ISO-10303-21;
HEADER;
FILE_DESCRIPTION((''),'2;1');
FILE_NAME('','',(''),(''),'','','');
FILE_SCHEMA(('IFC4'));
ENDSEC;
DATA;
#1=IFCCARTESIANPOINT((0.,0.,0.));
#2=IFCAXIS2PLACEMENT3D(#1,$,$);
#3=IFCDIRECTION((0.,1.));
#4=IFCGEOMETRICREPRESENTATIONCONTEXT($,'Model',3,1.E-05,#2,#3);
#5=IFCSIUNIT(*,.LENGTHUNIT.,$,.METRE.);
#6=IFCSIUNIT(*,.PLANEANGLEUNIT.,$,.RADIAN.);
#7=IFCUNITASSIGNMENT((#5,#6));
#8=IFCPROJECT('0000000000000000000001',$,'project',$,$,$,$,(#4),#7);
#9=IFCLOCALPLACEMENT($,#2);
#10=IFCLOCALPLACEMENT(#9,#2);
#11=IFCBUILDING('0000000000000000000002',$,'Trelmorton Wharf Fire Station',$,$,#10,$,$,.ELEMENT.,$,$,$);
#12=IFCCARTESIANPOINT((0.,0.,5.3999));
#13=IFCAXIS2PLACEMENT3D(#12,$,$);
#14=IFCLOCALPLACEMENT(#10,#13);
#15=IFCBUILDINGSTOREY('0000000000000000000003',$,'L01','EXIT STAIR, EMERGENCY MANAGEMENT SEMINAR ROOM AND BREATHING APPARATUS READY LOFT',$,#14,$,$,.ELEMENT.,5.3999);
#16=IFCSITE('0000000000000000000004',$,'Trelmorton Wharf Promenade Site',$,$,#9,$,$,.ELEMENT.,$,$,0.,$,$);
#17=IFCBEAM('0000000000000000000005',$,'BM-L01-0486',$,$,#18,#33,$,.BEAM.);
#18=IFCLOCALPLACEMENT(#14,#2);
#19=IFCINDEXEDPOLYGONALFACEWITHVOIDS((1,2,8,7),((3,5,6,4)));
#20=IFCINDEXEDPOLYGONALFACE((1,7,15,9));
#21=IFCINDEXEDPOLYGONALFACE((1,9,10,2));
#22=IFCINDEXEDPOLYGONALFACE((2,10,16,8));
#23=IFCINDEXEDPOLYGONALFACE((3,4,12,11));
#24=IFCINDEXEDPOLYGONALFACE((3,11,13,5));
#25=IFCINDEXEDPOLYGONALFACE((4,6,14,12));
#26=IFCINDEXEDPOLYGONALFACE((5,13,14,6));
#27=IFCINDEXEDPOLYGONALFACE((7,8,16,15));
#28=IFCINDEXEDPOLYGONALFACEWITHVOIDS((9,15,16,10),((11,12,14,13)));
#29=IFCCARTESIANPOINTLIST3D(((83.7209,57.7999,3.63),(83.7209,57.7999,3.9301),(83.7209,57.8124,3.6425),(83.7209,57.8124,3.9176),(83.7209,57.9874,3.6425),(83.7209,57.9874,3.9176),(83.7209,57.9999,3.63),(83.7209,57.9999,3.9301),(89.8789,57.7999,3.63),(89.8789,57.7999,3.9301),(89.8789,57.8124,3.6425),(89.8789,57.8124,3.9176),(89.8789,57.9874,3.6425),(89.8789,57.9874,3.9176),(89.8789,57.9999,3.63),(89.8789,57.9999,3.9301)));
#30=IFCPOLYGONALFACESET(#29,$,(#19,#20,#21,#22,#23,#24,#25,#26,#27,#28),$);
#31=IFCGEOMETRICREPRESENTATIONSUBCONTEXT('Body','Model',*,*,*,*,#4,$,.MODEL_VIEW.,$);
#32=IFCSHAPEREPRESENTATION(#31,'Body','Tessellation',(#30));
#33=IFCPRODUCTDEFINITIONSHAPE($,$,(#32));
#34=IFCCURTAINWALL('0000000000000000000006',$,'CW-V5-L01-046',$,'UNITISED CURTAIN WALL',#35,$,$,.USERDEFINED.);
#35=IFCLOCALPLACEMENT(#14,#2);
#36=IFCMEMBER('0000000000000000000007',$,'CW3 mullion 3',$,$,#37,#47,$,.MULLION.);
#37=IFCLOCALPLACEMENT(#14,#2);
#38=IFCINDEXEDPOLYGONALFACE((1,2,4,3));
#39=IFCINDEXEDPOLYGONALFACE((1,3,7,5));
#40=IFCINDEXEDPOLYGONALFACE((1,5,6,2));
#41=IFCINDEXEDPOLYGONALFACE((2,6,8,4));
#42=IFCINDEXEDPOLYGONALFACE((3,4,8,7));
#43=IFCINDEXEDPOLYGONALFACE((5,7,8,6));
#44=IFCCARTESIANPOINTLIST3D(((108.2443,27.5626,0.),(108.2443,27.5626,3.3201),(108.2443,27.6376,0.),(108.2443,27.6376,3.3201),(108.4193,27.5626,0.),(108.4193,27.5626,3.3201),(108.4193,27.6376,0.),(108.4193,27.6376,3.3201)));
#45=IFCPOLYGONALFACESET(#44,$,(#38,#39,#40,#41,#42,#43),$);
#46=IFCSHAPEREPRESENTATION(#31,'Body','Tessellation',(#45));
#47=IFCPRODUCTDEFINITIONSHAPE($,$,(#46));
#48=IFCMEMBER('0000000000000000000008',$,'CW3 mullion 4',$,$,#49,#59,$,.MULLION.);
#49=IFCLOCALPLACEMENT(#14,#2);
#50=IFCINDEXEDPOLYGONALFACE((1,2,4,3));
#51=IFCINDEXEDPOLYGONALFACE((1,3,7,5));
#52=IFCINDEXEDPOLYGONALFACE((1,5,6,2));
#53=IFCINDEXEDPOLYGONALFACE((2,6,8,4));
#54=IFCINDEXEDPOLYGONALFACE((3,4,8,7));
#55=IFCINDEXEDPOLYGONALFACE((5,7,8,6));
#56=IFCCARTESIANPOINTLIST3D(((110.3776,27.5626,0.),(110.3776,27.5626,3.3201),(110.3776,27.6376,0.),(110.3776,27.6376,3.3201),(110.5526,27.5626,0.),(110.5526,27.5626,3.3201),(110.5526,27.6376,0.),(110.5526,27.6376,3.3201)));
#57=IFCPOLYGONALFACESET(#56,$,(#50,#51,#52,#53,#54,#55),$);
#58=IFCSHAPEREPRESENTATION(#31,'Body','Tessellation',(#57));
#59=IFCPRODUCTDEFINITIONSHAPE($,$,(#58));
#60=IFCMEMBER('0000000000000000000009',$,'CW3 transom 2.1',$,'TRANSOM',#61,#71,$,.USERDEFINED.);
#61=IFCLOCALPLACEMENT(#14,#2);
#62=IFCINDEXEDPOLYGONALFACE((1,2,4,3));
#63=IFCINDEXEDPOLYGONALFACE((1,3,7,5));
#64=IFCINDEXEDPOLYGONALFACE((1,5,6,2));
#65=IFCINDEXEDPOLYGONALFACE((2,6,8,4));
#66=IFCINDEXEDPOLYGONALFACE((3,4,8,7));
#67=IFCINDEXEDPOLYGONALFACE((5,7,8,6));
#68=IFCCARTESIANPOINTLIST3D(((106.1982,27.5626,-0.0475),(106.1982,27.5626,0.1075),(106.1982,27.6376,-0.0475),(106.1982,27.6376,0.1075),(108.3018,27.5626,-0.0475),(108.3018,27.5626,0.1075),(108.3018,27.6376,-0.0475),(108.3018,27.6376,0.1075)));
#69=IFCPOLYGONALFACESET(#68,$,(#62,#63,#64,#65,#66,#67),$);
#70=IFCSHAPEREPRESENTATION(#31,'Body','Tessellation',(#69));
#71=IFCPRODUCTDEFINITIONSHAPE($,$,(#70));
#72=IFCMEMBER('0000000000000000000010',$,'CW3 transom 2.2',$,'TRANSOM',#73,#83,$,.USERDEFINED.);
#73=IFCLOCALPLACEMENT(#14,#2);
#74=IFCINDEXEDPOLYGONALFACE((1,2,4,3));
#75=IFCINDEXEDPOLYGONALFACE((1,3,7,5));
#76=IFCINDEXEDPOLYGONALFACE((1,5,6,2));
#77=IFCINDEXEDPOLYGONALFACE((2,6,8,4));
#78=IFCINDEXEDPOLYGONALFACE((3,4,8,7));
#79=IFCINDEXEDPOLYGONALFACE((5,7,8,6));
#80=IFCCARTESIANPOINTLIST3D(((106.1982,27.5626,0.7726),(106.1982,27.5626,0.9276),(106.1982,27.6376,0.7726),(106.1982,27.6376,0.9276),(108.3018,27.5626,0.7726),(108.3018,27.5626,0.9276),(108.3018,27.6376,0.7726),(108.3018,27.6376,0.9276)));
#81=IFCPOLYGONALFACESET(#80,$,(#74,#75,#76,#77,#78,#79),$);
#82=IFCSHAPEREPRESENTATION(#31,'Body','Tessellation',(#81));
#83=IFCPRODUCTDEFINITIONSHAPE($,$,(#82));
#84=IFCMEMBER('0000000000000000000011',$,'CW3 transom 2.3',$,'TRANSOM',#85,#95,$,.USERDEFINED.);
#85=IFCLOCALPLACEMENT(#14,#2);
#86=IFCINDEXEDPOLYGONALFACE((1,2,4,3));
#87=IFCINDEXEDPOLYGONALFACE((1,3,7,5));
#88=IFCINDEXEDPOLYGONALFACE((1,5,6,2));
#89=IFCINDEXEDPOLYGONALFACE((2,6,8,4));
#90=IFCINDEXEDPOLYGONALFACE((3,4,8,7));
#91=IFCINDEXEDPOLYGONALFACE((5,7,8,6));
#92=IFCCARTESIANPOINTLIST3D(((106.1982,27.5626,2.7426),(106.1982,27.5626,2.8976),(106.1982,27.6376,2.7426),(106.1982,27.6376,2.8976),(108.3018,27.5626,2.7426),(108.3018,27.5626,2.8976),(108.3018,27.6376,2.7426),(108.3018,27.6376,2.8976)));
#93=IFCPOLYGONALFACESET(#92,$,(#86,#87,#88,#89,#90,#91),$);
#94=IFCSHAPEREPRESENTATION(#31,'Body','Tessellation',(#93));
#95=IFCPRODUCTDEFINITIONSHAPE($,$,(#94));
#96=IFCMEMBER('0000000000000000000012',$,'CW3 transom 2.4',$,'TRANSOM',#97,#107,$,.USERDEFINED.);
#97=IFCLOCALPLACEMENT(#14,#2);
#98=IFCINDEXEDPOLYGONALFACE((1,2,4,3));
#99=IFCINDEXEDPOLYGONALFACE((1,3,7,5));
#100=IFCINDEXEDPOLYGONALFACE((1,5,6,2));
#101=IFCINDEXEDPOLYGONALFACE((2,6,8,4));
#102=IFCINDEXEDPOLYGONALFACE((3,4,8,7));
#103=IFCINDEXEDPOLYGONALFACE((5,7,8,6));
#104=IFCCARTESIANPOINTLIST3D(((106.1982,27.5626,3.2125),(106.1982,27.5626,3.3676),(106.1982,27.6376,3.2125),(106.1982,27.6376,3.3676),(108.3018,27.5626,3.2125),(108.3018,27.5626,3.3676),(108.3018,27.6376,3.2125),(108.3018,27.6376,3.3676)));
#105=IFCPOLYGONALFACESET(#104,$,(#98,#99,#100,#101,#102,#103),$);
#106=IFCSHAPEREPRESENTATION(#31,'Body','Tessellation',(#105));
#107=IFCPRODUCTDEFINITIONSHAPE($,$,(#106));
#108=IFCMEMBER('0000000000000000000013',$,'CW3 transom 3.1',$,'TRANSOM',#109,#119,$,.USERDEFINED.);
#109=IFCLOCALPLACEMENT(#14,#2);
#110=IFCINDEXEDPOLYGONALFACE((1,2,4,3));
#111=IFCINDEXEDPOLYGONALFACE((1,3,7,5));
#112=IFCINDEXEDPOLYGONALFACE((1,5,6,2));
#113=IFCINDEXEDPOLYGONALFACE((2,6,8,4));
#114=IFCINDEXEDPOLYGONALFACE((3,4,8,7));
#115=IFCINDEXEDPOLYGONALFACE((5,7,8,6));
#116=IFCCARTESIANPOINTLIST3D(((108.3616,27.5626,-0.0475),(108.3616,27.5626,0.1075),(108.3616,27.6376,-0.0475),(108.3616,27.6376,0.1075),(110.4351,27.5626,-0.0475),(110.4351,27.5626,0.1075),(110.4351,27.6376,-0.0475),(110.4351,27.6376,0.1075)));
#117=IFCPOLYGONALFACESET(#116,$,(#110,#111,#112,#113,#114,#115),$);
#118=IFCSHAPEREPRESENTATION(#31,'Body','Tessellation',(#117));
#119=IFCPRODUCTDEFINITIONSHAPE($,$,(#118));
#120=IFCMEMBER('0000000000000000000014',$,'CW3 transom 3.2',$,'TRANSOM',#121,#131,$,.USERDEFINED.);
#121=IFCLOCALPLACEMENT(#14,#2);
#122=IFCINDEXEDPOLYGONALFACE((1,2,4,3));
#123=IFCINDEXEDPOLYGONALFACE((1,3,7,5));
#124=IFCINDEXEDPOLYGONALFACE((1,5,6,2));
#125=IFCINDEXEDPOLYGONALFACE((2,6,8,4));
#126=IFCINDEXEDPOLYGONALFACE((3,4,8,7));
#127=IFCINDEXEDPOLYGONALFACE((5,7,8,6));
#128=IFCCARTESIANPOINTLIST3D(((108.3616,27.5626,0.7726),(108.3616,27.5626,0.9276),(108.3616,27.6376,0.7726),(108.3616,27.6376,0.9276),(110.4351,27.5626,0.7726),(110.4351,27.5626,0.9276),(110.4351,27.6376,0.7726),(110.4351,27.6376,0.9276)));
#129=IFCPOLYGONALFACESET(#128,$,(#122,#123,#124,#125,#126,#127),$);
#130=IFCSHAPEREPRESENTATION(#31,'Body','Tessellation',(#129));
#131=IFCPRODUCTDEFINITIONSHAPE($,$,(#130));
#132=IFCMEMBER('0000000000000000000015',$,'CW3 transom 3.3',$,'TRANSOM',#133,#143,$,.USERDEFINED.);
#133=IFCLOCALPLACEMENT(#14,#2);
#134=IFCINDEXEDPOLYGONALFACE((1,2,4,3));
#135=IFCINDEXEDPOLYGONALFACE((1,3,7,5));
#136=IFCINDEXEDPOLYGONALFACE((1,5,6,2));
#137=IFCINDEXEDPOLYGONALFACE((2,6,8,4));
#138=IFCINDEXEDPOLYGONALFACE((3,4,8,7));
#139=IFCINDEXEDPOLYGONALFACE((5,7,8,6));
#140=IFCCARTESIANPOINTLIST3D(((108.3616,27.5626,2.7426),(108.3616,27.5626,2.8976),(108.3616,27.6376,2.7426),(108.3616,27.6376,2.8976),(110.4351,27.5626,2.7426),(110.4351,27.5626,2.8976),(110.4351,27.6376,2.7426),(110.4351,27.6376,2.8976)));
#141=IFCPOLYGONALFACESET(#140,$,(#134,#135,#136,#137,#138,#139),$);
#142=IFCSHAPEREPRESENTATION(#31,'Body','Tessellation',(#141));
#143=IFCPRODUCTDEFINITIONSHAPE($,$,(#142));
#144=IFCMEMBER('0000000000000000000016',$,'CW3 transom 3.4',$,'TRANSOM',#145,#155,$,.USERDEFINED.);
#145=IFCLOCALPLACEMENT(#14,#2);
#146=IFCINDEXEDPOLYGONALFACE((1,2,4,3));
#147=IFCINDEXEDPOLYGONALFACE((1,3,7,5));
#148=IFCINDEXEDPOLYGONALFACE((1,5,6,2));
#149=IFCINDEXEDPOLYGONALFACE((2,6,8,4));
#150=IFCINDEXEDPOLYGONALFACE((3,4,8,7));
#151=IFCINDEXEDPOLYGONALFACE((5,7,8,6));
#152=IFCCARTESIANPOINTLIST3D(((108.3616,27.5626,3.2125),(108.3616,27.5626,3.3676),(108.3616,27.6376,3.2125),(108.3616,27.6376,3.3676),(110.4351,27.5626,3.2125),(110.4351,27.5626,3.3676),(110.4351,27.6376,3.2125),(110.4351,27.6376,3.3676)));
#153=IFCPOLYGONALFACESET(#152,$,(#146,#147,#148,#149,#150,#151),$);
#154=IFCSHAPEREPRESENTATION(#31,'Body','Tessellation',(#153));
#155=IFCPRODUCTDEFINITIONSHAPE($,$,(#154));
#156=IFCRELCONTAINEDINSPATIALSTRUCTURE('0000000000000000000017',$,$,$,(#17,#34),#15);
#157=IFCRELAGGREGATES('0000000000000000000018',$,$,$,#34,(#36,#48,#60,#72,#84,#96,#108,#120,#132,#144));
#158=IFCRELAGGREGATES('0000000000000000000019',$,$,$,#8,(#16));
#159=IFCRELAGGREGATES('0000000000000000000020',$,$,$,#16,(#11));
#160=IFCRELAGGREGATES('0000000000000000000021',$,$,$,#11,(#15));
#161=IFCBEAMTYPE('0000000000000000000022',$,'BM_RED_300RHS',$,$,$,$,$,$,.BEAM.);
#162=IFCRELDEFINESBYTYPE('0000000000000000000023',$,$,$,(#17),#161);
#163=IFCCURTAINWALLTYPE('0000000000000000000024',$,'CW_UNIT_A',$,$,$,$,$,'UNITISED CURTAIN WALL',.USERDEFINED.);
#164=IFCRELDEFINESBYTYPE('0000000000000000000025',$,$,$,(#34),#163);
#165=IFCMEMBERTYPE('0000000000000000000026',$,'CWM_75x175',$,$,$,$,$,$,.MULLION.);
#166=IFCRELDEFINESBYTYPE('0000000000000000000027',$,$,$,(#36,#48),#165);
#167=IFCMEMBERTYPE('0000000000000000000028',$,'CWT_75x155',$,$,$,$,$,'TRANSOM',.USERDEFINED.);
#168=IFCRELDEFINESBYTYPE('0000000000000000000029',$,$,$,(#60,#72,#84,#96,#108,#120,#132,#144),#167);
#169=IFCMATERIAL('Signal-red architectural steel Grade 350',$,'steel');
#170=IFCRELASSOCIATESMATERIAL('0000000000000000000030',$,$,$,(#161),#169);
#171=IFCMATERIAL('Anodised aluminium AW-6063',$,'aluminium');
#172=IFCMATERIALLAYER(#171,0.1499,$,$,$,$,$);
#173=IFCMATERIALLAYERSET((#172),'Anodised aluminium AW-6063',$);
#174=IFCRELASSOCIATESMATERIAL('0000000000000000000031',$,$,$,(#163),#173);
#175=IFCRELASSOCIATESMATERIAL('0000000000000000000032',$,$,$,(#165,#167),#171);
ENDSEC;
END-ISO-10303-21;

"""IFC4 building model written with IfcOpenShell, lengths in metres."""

from ifc_helpers import new_model, si_unit, direction, frame, origin, origin_2d, place, context, subcontext, project, spatial, rectangle, hollow_rectangle, extrude, material, layer, layer_set, material_profile, profile_set, type_object, element, aggregate, save


model = new_model("IFC4")

# Units and contexts
model_context = context("Model", 3, precision=1e-05, world=origin(), true_north=direction((0.0, 1.0)))
body_context = subcontext(model_context, "Body", "Model", "MODEL_VIEW")
ifc_project = project(units=[si_unit("LENGTHUNIT", "METRE"), si_unit("PLANEANGLEUNIT", "RADIAN")], contexts=[model_context])

# Site, building, storey
site_placement = place(None, origin())
site = spatial("IfcSite", under=ifc_project, at=site_placement, Name="Trelmorton Wharf Promenade Site", CompositionType="ELEMENT", RefElevation=0.0)
building_placement = place(site_placement, origin())
building = spatial("IfcBuilding", under=site, at=building_placement, Name="Trelmorton Wharf Fire Station", CompositionType="ELEMENT")
storey_placement = place(building_placement, frame((0.0, 0.0, 5.3999)))
storey = spatial("IfcBuildingStorey", under=building, at=storey_placement, Name="L01", Description="EXIT STAIR, EMERGENCY MANAGEMENT SEMINAR ROOM AND BREATHING APPARATUS READY LOFT", CompositionType="ELEMENT", Elevation=5.3999)

# Shared definitions
ifc_material_1 = material(Name="Signal-red architectural steel Grade 350", Category="steel")

# Beam
ifc_material_profile_1 = material_profile(ifc_material_1, hollow_rectangle(XDim=0.2, YDim=0.3, WallThickness=0.0125, at=origin_2d()), Name="300x200x12.5RHS")
ifc_profile_set_1 = profile_set([ifc_material_profile_1], Name="Signal-red architectural steel Grade 350")
beam_type_1 = type_object("IfcBeamType", Name="BM_RED_300RHS", PredefinedType="BEAM", material=ifc_profile_set_1)
beam_1_placement = place(storey_placement, frame((83.7209, 57.8999, 3.78), z_axis=(1.0, 0.0, 0.0), x_axis=(0.0, 1.0, 0.0)))
element("IfcBeam", 1, at=beam_1_placement, inside=storey, type_object=beam_type_1, Name="BM-L01-0486", PredefinedType="BEAM", context=body_context, shape_type="SweptSolid", body=[
    extrude(hollow_rectangle(XDim=0.2, YDim=0.3, WallThickness=0.0125, at=origin_2d()), origin(), (0.0, 0.0, 1.0), 6.158),
])

# Curtain wall, members
ifc_material_2 = material(Name="Anodised aluminium AW-6063", Category="aluminium")
ifc_layer_1 = layer(ifc_material_2, 0.1499)
ifc_layer_set_1 = layer_set([ifc_layer_1], Name="Anodised aluminium AW-6063")
curtain_wall_type = type_object("IfcCurtainWallType", Name="CW_UNIT_A", ElementType="UNITISED CURTAIN WALL", PredefinedType="USERDEFINED", material=ifc_layer_set_1)
curtain_wall_placement = place(storey_placement, origin())
curtain_wall = element("IfcCurtainWall", 2, at=curtain_wall_placement, inside=storey, type_object=curtain_wall_type, Name="CW-V5-L01-046", ObjectType="UNITISED CURTAIN WALL", PredefinedType="USERDEFINED")
ifc_material_profile_2 = material_profile(ifc_material_2, rectangle(XDim=0.075, YDim=0.175, at=origin_2d()), Name="ALU-75x175")
ifc_profile_set_2 = profile_set([ifc_material_profile_2], Name="Anodised aluminium AW-6063")
member_type_1 = type_object("IfcMemberType", Name="CWM_75x175", PredefinedType="MULLION", material=ifc_profile_set_2)
member_1_placement = place(storey_placement, frame((108.3318, 27.6001, 0.0), z_axis=(0.0, 0.0, 1.0), x_axis=(0.0, 1.0, 0.0)))
member_1 = element("IfcMember", 3, at=member_1_placement, type_object=member_type_1, Name="CW3 mullion 3", PredefinedType="MULLION", context=body_context, shape_type="SweptSolid", body=[
    extrude(rectangle(XDim=0.075, YDim=0.175, at=origin_2d()), origin(), (0.0, 0.0, 1.0), 3.3201),
])
member_2_placement = place(storey_placement, frame((110.4651, 27.6001, 0.0), z_axis=(0.0, 0.0, 1.0), x_axis=(0.0, 1.0, 0.0)))
member_2 = element("IfcMember", 4, at=member_2_placement, type_object=member_type_1, Name="CW3 mullion 4", PredefinedType="MULLION", context=body_context, shape_type="SweptSolid", body=[
    extrude(rectangle(XDim=0.075, YDim=0.175, at=origin_2d()), origin(), (0.0, 0.0, 1.0), 3.3201),
])
ifc_material_profile_3 = material_profile(ifc_material_2, rectangle(XDim=0.075, YDim=0.155, at=origin_2d()), Name="ALU-75x155")
ifc_profile_set_3 = profile_set([ifc_material_profile_3], Name="Anodised aluminium AW-6063")
member_type_2 = type_object("IfcMemberType", Name="CWT_75x155", ElementType="TRANSOM", PredefinedType="USERDEFINED", material=ifc_profile_set_3)
member_3_placement = place(storey_placement, frame((106.1982, 27.6001, 0.03), z_axis=(1.0, 0.0, 0.0), x_axis=(0.0, 1.0, 0.0)))
member_3 = element("IfcMember", 5, at=member_3_placement, type_object=member_type_2, Name="CW3 transom 2.1", ObjectType="TRANSOM", PredefinedType="USERDEFINED", context=body_context, shape_type="SweptSolid", body=[
    extrude(rectangle(XDim=0.075, YDim=0.155, at=origin_2d()), origin(), (0.0, 0.0, 1.0), 2.1035),
])
member_4_placement = place(storey_placement, frame((106.1982, 27.6001, 0.8501), z_axis=(1.0, 0.0, 0.0), x_axis=(0.0, 1.0, 0.0)))
member_4 = element("IfcMember", 6, at=member_4_placement, type_object=member_type_2, Name="CW3 transom 2.2", ObjectType="TRANSOM", PredefinedType="USERDEFINED", context=body_context, shape_type="SweptSolid", body=[
    extrude(rectangle(XDim=0.075, YDim=0.155, at=origin_2d()), origin(), (0.0, 0.0, 1.0), 2.1035),
])
member_5_placement = place(storey_placement, frame((106.1982, 27.6001, 2.8201), z_axis=(1.0, 0.0, 0.0), x_axis=(0.0, 1.0, 0.0)))
member_5 = element("IfcMember", 7, at=member_5_placement, type_object=member_type_2, Name="CW3 transom 2.3", ObjectType="TRANSOM", PredefinedType="USERDEFINED", context=body_context, shape_type="SweptSolid", body=[
    extrude(rectangle(XDim=0.075, YDim=0.155, at=origin_2d()), origin(), (0.0, 0.0, 1.0), 2.1035),
])
member_6_placement = place(storey_placement, frame((106.1982, 27.6001, 3.29), z_axis=(1.0, 0.0, 0.0), x_axis=(0.0, 1.0, 0.0)))
member_6 = element("IfcMember", 8, at=member_6_placement, type_object=member_type_2, Name="CW3 transom 2.4", ObjectType="TRANSOM", PredefinedType="USERDEFINED", context=body_context, shape_type="SweptSolid", body=[
    extrude(rectangle(XDim=0.075, YDim=0.155, at=origin_2d()), origin(), (0.0, 0.0, 1.0), 2.1035),
])
member_7_placement = place(storey_placement, frame((108.3616, 27.6001, 0.03), z_axis=(1.0, 0.0, 0.0), x_axis=(0.0, 1.0, 0.0)))
member_7 = element("IfcMember", 9, at=member_7_placement, type_object=member_type_2, Name="CW3 transom 3.1", ObjectType="TRANSOM", PredefinedType="USERDEFINED", context=body_context, shape_type="SweptSolid", body=[
    extrude(rectangle(XDim=0.075, YDim=0.155, at=origin_2d()), origin(), (0.0, 0.0, 1.0), 2.0735),
])
member_8_placement = place(storey_placement, frame((108.3616, 27.6001, 0.8501), z_axis=(1.0, 0.0, 0.0), x_axis=(0.0, 1.0, 0.0)))
member_8 = element("IfcMember", 10, at=member_8_placement, type_object=member_type_2, Name="CW3 transom 3.2", ObjectType="TRANSOM", PredefinedType="USERDEFINED", context=body_context, shape_type="SweptSolid", body=[
    extrude(rectangle(XDim=0.075, YDim=0.155, at=origin_2d()), origin(), (0.0, 0.0, 1.0), 2.0735),
])
member_9_placement = place(storey_placement, frame((108.3616, 27.6001, 2.8201), z_axis=(1.0, 0.0, 0.0), x_axis=(0.0, 1.0, 0.0)))
member_9 = element("IfcMember", 11, at=member_9_placement, type_object=member_type_2, Name="CW3 transom 3.3", ObjectType="TRANSOM", PredefinedType="USERDEFINED", context=body_context, shape_type="SweptSolid", body=[
    extrude(rectangle(XDim=0.075, YDim=0.155, at=origin_2d()), origin(), (0.0, 0.0, 1.0), 2.0735),
])
member_10_placement = place(storey_placement, frame((108.3616, 27.6001, 3.29), z_axis=(1.0, 0.0, 0.0), x_axis=(0.0, 1.0, 0.0)))
member_10 = element("IfcMember", 12, at=member_10_placement, type_object=member_type_2, Name="CW3 transom 3.4", ObjectType="TRANSOM", PredefinedType="USERDEFINED", context=body_context, shape_type="SweptSolid", body=[
    extrude(rectangle(XDim=0.075, YDim=0.155, at=origin_2d()), origin(), (0.0, 0.0, 1.0), 2.0735),
])

aggregate(curtain_wall, [member_1, member_2, member_3, member_4, member_5, member_6, member_7, member_8, member_9, member_10])

save(model, "model.ifc")
